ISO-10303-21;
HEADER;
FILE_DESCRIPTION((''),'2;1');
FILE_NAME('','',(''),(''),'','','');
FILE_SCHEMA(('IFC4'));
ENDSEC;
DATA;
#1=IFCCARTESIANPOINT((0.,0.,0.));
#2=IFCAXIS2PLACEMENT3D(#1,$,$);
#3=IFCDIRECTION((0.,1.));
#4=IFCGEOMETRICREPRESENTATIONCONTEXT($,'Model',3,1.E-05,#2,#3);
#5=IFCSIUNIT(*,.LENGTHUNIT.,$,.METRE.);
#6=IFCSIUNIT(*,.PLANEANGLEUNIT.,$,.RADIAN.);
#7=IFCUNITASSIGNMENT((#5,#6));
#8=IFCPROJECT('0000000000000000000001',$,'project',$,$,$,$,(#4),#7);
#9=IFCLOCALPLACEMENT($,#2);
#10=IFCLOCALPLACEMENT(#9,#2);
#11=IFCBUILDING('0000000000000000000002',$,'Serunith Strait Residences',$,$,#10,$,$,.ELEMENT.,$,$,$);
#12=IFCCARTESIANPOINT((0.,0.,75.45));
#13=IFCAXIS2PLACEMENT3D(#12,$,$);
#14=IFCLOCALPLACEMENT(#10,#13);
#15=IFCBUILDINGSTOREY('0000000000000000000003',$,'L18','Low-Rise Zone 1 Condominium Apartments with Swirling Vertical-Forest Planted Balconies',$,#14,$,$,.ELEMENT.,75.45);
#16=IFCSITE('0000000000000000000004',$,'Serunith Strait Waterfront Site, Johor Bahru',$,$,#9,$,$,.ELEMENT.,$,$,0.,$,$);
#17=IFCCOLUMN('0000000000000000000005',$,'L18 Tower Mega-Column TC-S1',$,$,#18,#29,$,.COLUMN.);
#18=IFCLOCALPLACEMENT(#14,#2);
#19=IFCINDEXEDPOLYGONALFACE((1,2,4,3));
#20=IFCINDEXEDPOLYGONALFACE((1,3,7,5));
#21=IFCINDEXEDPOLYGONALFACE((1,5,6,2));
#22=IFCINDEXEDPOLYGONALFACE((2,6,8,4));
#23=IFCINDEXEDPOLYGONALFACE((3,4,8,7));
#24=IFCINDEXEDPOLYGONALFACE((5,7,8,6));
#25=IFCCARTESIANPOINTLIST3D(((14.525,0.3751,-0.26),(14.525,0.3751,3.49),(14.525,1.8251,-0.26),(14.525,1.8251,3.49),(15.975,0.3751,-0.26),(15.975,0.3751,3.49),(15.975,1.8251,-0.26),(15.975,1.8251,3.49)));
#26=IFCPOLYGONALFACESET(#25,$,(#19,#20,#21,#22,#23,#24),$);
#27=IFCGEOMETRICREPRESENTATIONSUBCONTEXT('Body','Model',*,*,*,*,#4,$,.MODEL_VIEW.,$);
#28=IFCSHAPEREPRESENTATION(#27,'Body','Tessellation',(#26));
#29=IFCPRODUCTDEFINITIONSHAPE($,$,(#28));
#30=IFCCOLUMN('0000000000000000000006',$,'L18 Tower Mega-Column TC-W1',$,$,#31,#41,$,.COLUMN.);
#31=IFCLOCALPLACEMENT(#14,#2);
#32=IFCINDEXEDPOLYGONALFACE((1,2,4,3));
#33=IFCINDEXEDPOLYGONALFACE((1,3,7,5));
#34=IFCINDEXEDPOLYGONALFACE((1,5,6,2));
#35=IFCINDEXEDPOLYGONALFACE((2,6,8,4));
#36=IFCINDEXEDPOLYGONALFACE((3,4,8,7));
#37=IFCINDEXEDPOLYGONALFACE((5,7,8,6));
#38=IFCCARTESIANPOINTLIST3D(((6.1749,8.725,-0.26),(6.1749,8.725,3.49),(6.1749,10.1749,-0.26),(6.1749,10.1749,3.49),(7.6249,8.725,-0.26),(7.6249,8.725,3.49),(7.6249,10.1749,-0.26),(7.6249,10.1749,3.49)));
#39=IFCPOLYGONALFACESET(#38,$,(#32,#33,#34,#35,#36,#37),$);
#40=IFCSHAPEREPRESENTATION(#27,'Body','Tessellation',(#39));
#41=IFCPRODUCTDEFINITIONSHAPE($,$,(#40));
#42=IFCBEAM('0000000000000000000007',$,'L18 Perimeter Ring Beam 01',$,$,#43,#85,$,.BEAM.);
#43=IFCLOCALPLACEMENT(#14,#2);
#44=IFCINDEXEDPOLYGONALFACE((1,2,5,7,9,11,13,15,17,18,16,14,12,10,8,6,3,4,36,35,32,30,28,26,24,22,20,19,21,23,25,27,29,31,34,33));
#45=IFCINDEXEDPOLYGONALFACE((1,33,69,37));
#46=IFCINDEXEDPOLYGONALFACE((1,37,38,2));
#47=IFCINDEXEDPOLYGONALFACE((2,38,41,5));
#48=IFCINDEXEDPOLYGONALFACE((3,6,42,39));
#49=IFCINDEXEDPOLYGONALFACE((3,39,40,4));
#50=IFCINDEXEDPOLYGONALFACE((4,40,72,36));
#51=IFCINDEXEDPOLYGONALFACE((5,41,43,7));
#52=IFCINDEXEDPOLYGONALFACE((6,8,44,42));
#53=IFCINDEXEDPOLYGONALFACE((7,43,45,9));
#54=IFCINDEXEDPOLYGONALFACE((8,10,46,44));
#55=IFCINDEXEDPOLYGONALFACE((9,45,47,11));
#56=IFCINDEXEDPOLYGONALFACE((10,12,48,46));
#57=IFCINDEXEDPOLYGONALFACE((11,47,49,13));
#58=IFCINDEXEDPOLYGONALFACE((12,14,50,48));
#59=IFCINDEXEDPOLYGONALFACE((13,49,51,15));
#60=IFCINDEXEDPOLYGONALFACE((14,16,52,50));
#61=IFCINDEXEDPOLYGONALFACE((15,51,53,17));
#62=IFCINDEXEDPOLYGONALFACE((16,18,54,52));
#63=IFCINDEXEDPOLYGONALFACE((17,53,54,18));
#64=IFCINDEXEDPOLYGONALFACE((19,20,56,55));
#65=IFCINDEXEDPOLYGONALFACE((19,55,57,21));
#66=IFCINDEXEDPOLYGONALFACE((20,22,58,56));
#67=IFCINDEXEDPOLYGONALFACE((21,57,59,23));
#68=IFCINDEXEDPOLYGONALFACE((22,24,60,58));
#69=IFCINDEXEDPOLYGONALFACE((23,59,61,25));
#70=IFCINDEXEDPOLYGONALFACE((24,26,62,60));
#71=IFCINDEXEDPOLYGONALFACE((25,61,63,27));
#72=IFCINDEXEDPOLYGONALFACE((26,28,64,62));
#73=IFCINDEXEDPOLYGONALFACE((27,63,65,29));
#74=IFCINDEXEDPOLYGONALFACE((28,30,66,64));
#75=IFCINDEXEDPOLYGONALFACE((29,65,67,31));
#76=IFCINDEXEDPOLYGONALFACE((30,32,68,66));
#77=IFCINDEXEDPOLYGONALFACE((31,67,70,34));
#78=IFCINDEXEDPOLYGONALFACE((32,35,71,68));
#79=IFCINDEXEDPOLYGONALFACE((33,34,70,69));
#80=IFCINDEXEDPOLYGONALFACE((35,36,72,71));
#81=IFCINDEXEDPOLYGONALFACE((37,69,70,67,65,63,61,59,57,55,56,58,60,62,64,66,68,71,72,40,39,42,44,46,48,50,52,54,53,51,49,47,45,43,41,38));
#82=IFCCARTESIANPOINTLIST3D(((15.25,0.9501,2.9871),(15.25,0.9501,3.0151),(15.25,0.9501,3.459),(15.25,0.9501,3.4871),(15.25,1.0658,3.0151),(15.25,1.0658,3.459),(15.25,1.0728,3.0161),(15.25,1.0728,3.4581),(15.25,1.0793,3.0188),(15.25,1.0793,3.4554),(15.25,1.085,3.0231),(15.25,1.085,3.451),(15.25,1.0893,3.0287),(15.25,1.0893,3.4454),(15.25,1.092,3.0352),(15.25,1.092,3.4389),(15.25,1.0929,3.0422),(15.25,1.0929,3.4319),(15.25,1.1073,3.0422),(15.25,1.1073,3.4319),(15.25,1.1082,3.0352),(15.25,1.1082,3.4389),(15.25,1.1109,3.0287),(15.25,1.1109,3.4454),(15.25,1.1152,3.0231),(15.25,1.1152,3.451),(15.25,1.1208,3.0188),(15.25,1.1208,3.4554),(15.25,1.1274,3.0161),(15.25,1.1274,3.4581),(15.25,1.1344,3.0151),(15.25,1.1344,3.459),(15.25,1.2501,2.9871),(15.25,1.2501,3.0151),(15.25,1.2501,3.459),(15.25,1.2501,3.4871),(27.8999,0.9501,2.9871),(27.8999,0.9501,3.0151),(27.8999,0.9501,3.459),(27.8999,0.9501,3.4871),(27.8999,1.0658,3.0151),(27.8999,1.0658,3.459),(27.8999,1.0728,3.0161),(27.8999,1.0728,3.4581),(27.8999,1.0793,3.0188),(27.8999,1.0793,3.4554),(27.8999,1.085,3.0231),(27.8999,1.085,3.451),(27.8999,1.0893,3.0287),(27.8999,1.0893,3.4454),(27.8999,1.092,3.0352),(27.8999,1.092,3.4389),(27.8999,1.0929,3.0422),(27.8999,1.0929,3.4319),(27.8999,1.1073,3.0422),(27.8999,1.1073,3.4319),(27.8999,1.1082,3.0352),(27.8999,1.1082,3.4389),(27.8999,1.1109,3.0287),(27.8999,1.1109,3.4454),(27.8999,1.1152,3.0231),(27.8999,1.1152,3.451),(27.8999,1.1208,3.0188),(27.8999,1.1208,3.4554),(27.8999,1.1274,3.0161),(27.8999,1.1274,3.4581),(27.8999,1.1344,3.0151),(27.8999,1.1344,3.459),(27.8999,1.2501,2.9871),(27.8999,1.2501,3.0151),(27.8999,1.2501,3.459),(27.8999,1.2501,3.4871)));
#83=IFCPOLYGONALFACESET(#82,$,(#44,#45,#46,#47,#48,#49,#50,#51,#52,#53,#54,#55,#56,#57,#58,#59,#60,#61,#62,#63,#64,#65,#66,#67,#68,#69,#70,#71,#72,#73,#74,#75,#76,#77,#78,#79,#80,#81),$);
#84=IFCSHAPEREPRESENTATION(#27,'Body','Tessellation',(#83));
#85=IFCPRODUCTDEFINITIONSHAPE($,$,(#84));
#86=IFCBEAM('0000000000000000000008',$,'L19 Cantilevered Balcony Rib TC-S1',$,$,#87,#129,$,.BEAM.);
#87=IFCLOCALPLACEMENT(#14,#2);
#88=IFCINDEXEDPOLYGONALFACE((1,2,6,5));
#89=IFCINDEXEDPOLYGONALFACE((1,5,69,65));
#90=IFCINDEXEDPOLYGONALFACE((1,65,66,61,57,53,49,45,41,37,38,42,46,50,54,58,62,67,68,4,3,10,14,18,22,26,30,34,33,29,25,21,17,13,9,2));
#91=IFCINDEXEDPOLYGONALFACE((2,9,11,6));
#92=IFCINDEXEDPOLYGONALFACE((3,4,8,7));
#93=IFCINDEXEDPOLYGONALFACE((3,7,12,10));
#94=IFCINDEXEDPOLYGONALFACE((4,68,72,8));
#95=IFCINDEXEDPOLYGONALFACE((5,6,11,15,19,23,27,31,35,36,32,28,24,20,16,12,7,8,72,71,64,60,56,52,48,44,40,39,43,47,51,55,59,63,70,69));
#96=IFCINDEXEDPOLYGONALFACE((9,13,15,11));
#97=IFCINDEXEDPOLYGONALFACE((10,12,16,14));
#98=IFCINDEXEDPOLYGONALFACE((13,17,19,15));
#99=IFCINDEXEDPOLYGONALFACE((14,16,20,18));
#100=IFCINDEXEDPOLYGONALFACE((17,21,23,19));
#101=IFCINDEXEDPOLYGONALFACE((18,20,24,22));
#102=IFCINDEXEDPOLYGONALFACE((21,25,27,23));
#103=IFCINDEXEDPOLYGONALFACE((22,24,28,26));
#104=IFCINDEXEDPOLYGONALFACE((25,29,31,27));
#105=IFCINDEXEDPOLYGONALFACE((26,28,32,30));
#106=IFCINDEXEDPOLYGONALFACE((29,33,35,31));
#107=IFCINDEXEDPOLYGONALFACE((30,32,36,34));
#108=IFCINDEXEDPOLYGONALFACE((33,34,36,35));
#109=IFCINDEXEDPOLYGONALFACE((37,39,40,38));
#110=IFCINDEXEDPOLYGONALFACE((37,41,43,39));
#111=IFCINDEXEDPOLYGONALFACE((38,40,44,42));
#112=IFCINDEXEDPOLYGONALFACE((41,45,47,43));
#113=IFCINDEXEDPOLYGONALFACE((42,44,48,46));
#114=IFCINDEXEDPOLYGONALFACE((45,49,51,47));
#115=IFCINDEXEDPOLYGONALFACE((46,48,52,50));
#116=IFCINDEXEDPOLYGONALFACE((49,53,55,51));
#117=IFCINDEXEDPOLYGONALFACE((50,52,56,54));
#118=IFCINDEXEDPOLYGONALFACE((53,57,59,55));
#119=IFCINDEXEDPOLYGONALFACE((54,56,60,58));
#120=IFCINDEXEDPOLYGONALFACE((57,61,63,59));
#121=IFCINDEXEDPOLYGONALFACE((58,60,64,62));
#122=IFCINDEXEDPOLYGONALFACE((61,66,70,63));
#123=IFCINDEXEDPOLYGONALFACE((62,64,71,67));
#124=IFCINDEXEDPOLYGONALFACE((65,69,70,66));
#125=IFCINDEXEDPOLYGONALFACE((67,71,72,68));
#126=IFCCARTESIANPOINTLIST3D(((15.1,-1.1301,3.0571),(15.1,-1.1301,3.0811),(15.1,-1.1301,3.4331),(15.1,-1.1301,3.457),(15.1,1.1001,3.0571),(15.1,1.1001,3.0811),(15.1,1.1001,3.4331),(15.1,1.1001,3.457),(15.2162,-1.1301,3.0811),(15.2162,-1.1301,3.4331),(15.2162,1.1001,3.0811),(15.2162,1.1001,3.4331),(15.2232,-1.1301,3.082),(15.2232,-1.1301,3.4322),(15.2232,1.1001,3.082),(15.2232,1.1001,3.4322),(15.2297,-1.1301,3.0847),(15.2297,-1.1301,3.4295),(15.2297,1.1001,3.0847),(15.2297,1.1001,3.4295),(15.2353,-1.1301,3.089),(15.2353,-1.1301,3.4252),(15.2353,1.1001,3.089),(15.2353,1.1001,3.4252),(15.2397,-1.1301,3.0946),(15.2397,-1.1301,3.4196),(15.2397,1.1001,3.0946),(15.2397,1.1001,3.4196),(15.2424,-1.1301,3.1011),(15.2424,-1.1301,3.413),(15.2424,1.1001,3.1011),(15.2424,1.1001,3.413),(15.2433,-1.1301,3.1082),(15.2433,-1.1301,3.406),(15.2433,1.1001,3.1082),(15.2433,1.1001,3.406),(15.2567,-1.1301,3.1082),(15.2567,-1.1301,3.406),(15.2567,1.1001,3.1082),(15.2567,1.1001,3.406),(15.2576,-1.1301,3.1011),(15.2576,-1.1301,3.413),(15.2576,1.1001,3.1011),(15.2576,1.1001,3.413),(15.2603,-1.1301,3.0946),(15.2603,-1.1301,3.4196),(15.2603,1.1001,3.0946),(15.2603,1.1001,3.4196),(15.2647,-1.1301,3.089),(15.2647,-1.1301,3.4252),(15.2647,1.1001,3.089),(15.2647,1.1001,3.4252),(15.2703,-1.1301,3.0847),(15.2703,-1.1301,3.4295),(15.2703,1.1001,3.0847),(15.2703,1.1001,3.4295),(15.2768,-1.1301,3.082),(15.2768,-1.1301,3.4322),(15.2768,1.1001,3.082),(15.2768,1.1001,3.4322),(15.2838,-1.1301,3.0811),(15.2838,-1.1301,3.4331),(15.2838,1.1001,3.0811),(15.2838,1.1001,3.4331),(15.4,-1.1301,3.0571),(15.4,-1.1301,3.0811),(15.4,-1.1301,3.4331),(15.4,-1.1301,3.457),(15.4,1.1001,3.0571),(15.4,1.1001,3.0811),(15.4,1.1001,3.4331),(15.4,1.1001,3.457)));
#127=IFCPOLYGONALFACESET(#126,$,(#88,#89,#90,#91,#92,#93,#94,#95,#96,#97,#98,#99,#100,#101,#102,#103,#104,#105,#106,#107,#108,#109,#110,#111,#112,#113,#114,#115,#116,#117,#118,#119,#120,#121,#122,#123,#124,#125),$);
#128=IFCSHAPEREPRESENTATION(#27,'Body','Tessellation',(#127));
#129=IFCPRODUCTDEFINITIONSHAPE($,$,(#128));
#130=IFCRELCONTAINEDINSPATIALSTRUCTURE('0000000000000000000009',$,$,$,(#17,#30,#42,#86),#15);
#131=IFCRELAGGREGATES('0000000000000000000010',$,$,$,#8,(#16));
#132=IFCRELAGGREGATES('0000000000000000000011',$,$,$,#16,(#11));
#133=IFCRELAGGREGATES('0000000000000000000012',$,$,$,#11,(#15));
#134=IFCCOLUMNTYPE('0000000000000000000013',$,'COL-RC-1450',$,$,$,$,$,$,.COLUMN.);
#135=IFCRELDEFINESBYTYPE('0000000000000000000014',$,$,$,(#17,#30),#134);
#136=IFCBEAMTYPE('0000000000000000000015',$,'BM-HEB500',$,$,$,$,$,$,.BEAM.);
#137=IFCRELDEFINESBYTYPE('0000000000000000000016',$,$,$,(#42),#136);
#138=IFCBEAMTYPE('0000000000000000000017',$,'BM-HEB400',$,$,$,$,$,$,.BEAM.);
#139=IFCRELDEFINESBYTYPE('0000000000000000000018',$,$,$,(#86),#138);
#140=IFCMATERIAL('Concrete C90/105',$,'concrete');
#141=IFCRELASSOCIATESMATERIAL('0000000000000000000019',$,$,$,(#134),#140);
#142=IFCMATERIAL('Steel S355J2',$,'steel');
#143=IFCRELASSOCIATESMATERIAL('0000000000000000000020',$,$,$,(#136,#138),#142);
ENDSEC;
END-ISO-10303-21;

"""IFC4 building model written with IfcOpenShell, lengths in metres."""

from ifc_helpers import new_model, si_unit, direction, frame, origin, origin_2d, place, context, subcontext, project, spatial, rectangle, i_section, extrude, source, transform, mapped, material, material_profile, profile_set, type_object, element, save


model = new_model("IFC4")

# Units and contexts
model_context = context("Model", 3, precision=1e-05, world=origin(), true_north=direction((0.0, 1.0)))
body_context = subcontext(model_context, "Body", "Model", "MODEL_VIEW")
ifc_project = project(units=[si_unit("LENGTHUNIT", "METRE"), si_unit("PLANEANGLEUNIT", "RADIAN")], contexts=[model_context])

# Site, building, storey
site_placement = place(None, origin())
site = spatial("IfcSite", under=ifc_project, at=site_placement, Name="Serunith Strait Waterfront Site, Johor Bahru", CompositionType="ELEMENT", RefElevation=0.0)
building_placement = place(site_placement, origin())
building = spatial("IfcBuilding", under=site, at=building_placement, Name="Serunith Strait Residences", CompositionType="ELEMENT")
storey_placement = place(building_placement, frame((0.0, 0.0, 75.45)))
storey = spatial("IfcBuildingStorey", under=building, at=storey_placement, Name="L18", Description="Low-Rise Zone 1 Condominium Apartments with Swirling Vertical-Forest Planted Balconies", CompositionType="ELEMENT", Elevation=75.45)

# Columns
ifc_material_1 = material(Name="Concrete C90/105", Category="concrete")
ifc_material_profile_1 = material_profile(ifc_material_1, rectangle(XDim=1.45, YDim=1.45, at=origin_2d()), Name="RC 1450x1450")
ifc_profile_set_1 = profile_set([ifc_material_profile_1], Name="Concrete C90/105")
column_type = type_object("IfcColumnType", Name="COL-RC-1450", PredefinedType="COLUMN", material=ifc_profile_set_1)
shared_shape_1 = source(origin(), body_context, "Body", "SweptSolid", [
    extrude(rectangle(XDim=1.45, YDim=1.45, at=origin_2d()), origin(), (0.0, 0.0, 1.0), 3.75),
])
for number, where, z_axis, x_axis, name in (
    (1, (15.25, 1.1001, -0.26), (0.0, 0.0, 1.0), (1.0, 0.0, 0.0), "L18 Tower Mega-Column TC-S1"),
    (2, (6.8999, 9.45, -0.26), (0.0, 0.0, 1.0), (1.0, 0.0, 0.0), "L18 Tower Mega-Column TC-W1"),
):
    element("IfcColumn", number, at=place(storey_placement, frame(where, z_axis=z_axis, x_axis=x_axis)), inside=storey, type_object=column_type, Name=name, PredefinedType="COLUMN", context=body_context, shape_type="MappedRepresentation", body=[
        mapped(shared_shape_1, transform((0.0, 0.0, 0.0), scale=1.0)),
    ])

# Beams
ifc_material_2 = material(Name="Steel S355J2", Category="steel")
ifc_material_profile_2 = material_profile(ifc_material_2, i_section(OverallWidth=0.3, OverallDepth=0.5, WebThickness=0.0144, FlangeThickness=0.0281, FilletRadius=0.0271, at=origin_2d()), Name="HEB 500")
ifc_profile_set_2 = profile_set([ifc_material_profile_2], Name="Steel S355J2")
beam_type_1 = type_object("IfcBeamType", Name="BM-HEB500", PredefinedType="BEAM", material=ifc_profile_set_2)
shared_shape_2 = source(origin(), body_context, "Body", "SweptSolid", [
    extrude(i_section(OverallWidth=0.3, OverallDepth=0.5, WebThickness=0.0144, FlangeThickness=0.0281, FilletRadius=0.0271, at=origin_2d()), origin(), (0.0, 0.0, 1.0), 12.6499),
])
beam_1_placement = place(storey_placement, frame((15.25, 1.1001, 3.2371), z_axis=(1.0, 0.0, 0.0), x_axis=(0.0, 1.0, 0.0)))
element("IfcBeam", 3, at=beam_1_placement, inside=storey, type_object=beam_type_1, Name="L18 Perimeter Ring Beam 01", PredefinedType="BEAM", context=body_context, shape_type="MappedRepresentation", body=[
    mapped(shared_shape_2, transform((0.0, 0.0, 0.0), scale=1.0)),
])
ifc_material_profile_3 = material_profile(ifc_material_2, i_section(OverallWidth=0.3, OverallDepth=0.3999, WebThickness=0.0134, FlangeThickness=0.0239, FilletRadius=0.0271, at=origin_2d()), Name="HEB 400")
ifc_profile_set_3 = profile_set([ifc_material_profile_3], Name="Steel S355J2")
beam_type_2 = type_object("IfcBeamType", Name="BM-HEB400", PredefinedType="BEAM", material=ifc_profile_set_3)
shared_shape_3 = source(origin(), body_context, "Body", "SweptSolid", [
    extrude(i_section(OverallWidth=0.3, OverallDepth=0.3999, WebThickness=0.0134, FlangeThickness=0.0239, FilletRadius=0.0271, at=origin_2d()), origin(), (0.0, 0.0, 1.0), 2.2302),
])
beam_2_placement = place(storey_placement, frame((15.25, 1.1001, 3.2571), z_axis=(0.0, -1.0, 0.0), x_axis=(1.0, 0.0, 0.0)))
element("IfcBeam", 4, at=beam_2_placement, inside=storey, type_object=beam_type_2, Name="L19 Cantilevered Balcony Rib TC-S1", PredefinedType="BEAM", context=body_context, shape_type="MappedRepresentation", body=[
    mapped(shared_shape_3, transform((0.0, 0.0, 0.0), scale=1.0)),
])

save(model, "model.ifc")
